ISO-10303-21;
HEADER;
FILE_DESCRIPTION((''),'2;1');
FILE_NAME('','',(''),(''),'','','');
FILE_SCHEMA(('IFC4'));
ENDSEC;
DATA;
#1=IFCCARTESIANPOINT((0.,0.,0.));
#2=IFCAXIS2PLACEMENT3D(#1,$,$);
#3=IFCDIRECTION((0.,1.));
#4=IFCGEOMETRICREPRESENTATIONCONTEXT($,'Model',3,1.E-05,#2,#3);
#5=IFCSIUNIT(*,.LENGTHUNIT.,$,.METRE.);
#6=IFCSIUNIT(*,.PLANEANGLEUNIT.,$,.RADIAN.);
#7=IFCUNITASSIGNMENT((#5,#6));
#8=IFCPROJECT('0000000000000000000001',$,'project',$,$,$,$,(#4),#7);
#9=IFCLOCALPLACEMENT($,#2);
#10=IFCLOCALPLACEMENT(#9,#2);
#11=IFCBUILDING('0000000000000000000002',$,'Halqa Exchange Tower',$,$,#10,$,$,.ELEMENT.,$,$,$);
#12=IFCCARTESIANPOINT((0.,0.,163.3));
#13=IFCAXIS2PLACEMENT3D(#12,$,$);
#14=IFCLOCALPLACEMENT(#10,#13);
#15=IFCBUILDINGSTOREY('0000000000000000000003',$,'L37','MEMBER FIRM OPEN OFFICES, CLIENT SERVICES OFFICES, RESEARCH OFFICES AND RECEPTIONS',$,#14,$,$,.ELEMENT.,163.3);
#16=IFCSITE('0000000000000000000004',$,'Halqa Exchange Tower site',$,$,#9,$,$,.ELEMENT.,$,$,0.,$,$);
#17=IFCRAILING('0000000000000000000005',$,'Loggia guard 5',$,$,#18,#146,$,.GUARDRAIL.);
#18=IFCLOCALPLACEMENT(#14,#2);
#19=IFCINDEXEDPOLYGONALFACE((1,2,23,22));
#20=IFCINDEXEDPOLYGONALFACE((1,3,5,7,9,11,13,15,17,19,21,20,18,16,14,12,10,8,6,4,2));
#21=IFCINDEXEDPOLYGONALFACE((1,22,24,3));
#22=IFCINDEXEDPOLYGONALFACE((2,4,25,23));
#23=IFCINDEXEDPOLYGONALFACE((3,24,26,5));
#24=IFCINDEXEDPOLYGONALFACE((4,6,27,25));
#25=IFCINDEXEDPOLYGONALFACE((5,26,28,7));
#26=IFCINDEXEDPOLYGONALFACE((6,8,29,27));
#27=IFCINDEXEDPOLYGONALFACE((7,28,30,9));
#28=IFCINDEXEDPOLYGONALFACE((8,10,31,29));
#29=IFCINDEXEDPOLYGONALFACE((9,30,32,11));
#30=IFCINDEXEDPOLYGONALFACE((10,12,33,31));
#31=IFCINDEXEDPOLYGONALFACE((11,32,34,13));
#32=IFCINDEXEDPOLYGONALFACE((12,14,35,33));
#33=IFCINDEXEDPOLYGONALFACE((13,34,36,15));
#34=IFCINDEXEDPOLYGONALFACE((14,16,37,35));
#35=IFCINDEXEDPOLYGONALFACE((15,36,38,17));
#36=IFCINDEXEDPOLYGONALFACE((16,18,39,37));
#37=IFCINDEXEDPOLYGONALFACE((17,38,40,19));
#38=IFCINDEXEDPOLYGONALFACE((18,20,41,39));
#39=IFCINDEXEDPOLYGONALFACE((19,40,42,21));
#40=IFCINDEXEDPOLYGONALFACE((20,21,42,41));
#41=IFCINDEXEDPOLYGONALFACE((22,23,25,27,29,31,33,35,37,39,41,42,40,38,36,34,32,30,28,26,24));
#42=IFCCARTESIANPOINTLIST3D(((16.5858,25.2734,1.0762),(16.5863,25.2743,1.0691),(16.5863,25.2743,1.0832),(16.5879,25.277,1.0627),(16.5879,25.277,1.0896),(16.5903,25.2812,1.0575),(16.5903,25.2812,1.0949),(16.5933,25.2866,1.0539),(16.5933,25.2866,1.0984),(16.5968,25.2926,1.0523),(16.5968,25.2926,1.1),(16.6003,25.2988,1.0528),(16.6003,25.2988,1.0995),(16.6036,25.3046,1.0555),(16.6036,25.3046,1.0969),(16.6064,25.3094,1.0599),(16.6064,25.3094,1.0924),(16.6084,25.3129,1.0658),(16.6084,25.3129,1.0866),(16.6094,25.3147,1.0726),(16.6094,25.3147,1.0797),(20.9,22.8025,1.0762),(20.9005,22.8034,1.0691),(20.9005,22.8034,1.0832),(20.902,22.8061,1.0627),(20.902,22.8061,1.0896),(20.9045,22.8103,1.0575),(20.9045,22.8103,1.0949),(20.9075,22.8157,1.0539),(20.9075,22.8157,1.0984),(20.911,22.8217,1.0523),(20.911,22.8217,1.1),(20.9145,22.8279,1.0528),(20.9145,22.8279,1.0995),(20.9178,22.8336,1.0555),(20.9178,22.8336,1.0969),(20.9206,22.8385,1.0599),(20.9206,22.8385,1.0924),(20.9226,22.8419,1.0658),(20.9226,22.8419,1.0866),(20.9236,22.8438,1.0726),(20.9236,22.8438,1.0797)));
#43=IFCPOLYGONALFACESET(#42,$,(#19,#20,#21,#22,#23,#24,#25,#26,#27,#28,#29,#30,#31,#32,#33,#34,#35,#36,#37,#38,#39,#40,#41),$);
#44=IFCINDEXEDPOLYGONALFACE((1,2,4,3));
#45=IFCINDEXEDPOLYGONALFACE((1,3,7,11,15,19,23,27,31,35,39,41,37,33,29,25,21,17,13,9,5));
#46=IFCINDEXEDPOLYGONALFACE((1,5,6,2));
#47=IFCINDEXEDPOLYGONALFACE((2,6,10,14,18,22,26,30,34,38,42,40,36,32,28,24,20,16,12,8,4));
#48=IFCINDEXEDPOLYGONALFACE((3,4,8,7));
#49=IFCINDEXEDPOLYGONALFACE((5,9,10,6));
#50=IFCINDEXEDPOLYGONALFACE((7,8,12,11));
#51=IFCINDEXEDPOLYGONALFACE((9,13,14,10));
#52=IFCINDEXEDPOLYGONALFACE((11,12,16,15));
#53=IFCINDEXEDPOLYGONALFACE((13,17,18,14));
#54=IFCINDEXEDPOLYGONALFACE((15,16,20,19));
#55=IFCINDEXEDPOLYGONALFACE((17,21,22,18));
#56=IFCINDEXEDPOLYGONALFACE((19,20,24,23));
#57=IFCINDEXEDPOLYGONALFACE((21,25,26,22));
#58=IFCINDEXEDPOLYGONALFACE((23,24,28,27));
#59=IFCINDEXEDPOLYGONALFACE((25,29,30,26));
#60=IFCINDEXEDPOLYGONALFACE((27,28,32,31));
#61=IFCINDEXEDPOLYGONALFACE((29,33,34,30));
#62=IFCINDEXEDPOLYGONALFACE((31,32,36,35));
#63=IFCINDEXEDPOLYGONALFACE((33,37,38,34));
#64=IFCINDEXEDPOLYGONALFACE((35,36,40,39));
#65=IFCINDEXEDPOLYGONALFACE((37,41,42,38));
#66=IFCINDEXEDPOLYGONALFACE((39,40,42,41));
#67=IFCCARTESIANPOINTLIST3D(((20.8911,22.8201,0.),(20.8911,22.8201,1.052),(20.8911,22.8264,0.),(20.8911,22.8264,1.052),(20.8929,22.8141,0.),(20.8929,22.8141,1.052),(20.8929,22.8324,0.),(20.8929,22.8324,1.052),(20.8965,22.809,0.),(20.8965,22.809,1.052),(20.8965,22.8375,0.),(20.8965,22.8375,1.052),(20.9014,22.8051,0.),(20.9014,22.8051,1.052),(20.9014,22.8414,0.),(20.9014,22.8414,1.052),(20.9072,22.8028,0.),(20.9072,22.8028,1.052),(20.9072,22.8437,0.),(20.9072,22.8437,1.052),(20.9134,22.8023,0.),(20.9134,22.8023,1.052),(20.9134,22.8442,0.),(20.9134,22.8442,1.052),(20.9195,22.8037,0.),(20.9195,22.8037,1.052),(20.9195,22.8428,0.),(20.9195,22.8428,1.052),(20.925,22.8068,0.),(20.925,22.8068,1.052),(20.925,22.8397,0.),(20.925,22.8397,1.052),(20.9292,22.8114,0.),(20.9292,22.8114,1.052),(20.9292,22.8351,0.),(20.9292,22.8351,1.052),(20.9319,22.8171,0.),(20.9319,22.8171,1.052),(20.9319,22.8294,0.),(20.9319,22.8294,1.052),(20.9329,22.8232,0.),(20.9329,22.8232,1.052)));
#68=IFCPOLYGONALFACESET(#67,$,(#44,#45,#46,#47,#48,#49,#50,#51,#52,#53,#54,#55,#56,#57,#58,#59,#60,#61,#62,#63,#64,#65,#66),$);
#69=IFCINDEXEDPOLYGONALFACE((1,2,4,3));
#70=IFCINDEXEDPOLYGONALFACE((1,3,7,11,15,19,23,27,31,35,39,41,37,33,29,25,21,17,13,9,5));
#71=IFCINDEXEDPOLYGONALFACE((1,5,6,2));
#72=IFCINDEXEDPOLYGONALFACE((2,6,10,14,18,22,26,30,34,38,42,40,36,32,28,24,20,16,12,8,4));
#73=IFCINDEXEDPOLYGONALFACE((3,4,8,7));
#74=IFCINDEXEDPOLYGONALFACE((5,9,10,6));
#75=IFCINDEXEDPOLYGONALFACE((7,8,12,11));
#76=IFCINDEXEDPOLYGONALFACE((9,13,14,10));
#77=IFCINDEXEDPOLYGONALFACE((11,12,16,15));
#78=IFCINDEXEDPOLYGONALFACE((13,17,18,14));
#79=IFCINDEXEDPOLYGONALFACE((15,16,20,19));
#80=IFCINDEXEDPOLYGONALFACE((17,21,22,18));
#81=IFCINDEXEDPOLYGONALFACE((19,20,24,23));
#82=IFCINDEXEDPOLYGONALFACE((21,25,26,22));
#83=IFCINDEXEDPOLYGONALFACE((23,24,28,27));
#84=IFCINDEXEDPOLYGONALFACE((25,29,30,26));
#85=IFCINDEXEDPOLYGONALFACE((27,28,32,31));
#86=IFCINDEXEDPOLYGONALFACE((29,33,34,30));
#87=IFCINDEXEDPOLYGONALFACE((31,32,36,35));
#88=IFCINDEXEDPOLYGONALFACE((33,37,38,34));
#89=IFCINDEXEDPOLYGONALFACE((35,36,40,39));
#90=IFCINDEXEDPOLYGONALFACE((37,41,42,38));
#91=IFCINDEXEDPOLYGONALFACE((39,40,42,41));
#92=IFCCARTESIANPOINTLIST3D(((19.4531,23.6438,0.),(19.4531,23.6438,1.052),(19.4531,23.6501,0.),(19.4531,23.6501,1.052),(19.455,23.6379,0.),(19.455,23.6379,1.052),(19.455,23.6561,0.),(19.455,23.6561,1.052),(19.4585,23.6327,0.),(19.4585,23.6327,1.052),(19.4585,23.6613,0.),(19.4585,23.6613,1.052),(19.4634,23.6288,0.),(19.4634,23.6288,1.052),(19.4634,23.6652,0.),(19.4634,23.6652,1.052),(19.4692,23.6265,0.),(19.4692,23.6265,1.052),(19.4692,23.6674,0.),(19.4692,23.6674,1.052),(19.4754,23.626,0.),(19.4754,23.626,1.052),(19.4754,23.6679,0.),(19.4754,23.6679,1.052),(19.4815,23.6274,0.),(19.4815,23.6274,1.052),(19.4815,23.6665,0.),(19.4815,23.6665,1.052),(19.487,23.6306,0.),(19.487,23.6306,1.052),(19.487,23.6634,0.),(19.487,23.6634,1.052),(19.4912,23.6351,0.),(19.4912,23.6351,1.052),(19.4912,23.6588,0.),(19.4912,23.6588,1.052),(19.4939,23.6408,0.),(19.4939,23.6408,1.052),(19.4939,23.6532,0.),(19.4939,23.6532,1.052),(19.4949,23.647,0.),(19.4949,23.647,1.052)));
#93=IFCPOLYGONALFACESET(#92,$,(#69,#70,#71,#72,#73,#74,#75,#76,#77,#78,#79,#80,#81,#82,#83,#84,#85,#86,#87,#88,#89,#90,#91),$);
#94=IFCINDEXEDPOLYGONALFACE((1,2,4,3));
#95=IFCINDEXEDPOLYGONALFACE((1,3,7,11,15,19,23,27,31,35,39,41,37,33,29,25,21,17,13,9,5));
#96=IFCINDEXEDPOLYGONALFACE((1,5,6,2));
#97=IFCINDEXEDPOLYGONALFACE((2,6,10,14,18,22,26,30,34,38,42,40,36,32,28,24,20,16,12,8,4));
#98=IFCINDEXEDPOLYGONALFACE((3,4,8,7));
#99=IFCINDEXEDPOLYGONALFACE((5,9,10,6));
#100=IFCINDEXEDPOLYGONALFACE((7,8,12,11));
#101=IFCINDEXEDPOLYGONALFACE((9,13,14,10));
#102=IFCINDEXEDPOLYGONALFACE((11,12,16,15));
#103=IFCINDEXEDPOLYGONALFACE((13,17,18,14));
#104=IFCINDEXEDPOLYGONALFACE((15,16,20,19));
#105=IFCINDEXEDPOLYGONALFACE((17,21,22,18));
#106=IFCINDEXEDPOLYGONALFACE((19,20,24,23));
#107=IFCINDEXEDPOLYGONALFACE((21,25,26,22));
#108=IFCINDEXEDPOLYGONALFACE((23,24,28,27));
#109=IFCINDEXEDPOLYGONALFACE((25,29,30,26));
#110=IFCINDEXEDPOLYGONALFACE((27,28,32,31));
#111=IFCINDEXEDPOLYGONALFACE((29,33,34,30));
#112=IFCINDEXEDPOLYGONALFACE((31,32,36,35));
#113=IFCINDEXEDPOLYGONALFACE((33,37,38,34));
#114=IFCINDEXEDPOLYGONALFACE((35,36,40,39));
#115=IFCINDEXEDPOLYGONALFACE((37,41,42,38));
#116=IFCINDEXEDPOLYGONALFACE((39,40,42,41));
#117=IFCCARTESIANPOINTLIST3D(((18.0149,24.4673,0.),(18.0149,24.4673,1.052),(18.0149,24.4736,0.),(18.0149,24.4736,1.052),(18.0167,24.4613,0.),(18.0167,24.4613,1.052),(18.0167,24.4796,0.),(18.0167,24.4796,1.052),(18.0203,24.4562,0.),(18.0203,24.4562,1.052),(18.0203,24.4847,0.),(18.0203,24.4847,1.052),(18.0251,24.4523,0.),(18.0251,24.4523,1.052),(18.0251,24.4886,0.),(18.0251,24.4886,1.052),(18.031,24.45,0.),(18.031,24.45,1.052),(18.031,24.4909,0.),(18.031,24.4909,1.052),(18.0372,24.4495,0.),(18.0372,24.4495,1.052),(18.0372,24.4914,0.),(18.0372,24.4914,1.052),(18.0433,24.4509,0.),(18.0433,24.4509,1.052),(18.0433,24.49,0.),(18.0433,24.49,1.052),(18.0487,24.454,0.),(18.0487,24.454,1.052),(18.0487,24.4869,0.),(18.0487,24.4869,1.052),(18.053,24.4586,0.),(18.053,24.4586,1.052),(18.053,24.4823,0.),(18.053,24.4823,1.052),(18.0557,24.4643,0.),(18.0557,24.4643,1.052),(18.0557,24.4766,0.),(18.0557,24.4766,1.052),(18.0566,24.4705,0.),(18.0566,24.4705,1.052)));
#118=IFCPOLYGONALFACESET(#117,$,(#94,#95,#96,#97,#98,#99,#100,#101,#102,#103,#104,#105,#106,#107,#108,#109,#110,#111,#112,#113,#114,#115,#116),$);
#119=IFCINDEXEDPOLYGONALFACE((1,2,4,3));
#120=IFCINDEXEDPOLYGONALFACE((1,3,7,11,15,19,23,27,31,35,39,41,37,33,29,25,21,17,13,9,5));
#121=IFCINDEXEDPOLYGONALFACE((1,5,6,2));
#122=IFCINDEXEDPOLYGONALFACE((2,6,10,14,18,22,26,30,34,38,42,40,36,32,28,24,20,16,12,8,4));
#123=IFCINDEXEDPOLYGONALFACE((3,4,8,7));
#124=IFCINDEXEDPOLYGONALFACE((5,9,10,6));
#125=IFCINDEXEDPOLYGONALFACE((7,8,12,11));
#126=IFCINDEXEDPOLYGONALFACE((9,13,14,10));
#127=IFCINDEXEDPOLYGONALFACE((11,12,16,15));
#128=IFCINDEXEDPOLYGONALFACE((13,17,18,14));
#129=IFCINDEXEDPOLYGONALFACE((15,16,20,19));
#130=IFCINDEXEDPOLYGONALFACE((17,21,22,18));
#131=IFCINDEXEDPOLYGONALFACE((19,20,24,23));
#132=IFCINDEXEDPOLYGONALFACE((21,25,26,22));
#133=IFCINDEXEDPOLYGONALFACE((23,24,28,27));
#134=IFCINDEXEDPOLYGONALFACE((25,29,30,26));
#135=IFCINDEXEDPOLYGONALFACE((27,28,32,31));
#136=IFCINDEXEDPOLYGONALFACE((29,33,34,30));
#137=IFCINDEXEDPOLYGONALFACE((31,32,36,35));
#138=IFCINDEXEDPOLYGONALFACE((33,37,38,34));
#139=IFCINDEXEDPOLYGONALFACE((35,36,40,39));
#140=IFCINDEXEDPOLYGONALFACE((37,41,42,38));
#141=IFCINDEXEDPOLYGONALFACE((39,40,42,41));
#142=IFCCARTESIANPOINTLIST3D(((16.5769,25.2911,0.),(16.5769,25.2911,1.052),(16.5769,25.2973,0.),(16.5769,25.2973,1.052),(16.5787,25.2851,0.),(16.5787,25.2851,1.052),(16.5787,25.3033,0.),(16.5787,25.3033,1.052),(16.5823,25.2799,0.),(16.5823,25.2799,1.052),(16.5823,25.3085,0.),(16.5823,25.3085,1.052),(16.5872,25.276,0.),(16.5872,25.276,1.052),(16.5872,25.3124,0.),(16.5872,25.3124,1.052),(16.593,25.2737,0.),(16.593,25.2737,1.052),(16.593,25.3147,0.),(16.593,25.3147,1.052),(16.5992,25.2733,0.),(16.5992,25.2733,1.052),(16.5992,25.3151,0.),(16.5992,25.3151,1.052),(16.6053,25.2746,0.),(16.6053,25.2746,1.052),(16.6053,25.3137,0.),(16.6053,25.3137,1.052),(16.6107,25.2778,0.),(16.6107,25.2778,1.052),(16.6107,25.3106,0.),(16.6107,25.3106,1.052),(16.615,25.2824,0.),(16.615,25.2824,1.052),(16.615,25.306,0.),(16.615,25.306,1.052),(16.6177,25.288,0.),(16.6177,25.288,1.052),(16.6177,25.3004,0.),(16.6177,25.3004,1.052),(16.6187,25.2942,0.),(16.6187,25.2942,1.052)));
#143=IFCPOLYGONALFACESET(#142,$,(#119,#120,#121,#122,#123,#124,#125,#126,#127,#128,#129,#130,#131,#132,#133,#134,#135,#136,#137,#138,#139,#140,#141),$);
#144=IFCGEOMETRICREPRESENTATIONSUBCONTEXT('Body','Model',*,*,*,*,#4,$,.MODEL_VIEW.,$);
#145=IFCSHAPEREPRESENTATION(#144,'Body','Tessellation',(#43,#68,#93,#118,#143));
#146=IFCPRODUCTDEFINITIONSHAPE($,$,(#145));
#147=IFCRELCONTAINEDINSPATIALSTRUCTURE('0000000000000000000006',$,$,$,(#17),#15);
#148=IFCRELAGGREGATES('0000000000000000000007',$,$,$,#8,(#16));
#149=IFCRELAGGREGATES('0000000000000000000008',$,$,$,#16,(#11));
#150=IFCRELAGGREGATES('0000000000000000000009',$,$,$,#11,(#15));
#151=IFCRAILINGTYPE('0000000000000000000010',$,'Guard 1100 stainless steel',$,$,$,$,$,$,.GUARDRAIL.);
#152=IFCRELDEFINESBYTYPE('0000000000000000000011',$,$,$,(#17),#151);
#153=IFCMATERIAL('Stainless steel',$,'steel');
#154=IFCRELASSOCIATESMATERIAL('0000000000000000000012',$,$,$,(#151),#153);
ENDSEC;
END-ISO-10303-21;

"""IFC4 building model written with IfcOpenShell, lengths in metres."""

from ifc_helpers import new_model, si_unit, direction, frame, origin, origin_2d, place, context, subcontext, project, spatial, circle, extrude, material, type_object, element, save


model = new_model("IFC4")

# Units and contexts
model_context = context("Model", 3, precision=1e-05, world=origin(), true_north=direction((0.0, 1.0)))
body_context = subcontext(model_context, "Body", "Model", "MODEL_VIEW")
ifc_project = project(units=[si_unit("LENGTHUNIT", "METRE"), si_unit("PLANEANGLEUNIT", "RADIAN")], contexts=[model_context])

# Site, building, storey
site_placement = place(None, origin())
site = spatial("IfcSite", under=ifc_project, at=site_placement, Name="Halqa Exchange Tower site", CompositionType="ELEMENT", RefElevation=0.0)
building_placement = place(site_placement, origin())
building = spatial("IfcBuilding", under=site, at=building_placement, Name="Halqa Exchange Tower", CompositionType="ELEMENT")
storey_placement = place(building_placement, frame((0.0, 0.0, 163.3)))
storey = spatial("IfcBuildingStorey", under=building, at=storey_placement, Name="L37", Description="MEMBER FIRM OPEN OFFICES, CLIENT SERVICES OFFICES, RESEARCH OFFICES AND RECEPTIONS", CompositionType="ELEMENT", Elevation=163.3)

# Railing
ifc_material_1 = material(Name="Stainless steel", Category="steel")
railing_type = type_object("IfcRailingType", Name="Guard 1100 stainless steel", PredefinedType="GUARDRAIL", material=ifc_material_1)
railing_1_placement = place(storey_placement, frame((20.9119, 22.8232, 0.0)))
element("IfcRailing", 1, at=railing_1_placement, inside=storey, type_object=railing_type, Name="Loggia guard 5", PredefinedType="GUARDRAIL", context=body_context, shape_type="SweptSolid", body=[
    extrude(circle(Radius=0.0239, at=origin_2d()), frame((0.0, 0.0, 1.0762), z_axis=(-0.86775, 0.497001, 0.0), x_axis=(-0.497001, -0.86775, 0.0)), (0.0, 0.0, 1.0), 4.9717),
    extrude(circle(Radius=0.021, at=origin_2d()), origin(), (0.0, 0.0, 1.0), 1.052),
    extrude(circle(Radius=0.021, at=origin_2d()), frame((-1.438, 0.8237, 0.0)), (0.0, 0.0, 1.0), 1.052),
    extrude(circle(Radius=0.021, at=origin_2d()), frame((-2.8762, 1.6472, 0.0)), (0.0, 0.0, 1.0), 1.052),
    extrude(circle(Radius=0.021, at=origin_2d()), frame((-4.3142, 2.4709, 0.0)), (0.0, 0.0, 1.0), 1.052),
])

save(model, "model.ifc")
